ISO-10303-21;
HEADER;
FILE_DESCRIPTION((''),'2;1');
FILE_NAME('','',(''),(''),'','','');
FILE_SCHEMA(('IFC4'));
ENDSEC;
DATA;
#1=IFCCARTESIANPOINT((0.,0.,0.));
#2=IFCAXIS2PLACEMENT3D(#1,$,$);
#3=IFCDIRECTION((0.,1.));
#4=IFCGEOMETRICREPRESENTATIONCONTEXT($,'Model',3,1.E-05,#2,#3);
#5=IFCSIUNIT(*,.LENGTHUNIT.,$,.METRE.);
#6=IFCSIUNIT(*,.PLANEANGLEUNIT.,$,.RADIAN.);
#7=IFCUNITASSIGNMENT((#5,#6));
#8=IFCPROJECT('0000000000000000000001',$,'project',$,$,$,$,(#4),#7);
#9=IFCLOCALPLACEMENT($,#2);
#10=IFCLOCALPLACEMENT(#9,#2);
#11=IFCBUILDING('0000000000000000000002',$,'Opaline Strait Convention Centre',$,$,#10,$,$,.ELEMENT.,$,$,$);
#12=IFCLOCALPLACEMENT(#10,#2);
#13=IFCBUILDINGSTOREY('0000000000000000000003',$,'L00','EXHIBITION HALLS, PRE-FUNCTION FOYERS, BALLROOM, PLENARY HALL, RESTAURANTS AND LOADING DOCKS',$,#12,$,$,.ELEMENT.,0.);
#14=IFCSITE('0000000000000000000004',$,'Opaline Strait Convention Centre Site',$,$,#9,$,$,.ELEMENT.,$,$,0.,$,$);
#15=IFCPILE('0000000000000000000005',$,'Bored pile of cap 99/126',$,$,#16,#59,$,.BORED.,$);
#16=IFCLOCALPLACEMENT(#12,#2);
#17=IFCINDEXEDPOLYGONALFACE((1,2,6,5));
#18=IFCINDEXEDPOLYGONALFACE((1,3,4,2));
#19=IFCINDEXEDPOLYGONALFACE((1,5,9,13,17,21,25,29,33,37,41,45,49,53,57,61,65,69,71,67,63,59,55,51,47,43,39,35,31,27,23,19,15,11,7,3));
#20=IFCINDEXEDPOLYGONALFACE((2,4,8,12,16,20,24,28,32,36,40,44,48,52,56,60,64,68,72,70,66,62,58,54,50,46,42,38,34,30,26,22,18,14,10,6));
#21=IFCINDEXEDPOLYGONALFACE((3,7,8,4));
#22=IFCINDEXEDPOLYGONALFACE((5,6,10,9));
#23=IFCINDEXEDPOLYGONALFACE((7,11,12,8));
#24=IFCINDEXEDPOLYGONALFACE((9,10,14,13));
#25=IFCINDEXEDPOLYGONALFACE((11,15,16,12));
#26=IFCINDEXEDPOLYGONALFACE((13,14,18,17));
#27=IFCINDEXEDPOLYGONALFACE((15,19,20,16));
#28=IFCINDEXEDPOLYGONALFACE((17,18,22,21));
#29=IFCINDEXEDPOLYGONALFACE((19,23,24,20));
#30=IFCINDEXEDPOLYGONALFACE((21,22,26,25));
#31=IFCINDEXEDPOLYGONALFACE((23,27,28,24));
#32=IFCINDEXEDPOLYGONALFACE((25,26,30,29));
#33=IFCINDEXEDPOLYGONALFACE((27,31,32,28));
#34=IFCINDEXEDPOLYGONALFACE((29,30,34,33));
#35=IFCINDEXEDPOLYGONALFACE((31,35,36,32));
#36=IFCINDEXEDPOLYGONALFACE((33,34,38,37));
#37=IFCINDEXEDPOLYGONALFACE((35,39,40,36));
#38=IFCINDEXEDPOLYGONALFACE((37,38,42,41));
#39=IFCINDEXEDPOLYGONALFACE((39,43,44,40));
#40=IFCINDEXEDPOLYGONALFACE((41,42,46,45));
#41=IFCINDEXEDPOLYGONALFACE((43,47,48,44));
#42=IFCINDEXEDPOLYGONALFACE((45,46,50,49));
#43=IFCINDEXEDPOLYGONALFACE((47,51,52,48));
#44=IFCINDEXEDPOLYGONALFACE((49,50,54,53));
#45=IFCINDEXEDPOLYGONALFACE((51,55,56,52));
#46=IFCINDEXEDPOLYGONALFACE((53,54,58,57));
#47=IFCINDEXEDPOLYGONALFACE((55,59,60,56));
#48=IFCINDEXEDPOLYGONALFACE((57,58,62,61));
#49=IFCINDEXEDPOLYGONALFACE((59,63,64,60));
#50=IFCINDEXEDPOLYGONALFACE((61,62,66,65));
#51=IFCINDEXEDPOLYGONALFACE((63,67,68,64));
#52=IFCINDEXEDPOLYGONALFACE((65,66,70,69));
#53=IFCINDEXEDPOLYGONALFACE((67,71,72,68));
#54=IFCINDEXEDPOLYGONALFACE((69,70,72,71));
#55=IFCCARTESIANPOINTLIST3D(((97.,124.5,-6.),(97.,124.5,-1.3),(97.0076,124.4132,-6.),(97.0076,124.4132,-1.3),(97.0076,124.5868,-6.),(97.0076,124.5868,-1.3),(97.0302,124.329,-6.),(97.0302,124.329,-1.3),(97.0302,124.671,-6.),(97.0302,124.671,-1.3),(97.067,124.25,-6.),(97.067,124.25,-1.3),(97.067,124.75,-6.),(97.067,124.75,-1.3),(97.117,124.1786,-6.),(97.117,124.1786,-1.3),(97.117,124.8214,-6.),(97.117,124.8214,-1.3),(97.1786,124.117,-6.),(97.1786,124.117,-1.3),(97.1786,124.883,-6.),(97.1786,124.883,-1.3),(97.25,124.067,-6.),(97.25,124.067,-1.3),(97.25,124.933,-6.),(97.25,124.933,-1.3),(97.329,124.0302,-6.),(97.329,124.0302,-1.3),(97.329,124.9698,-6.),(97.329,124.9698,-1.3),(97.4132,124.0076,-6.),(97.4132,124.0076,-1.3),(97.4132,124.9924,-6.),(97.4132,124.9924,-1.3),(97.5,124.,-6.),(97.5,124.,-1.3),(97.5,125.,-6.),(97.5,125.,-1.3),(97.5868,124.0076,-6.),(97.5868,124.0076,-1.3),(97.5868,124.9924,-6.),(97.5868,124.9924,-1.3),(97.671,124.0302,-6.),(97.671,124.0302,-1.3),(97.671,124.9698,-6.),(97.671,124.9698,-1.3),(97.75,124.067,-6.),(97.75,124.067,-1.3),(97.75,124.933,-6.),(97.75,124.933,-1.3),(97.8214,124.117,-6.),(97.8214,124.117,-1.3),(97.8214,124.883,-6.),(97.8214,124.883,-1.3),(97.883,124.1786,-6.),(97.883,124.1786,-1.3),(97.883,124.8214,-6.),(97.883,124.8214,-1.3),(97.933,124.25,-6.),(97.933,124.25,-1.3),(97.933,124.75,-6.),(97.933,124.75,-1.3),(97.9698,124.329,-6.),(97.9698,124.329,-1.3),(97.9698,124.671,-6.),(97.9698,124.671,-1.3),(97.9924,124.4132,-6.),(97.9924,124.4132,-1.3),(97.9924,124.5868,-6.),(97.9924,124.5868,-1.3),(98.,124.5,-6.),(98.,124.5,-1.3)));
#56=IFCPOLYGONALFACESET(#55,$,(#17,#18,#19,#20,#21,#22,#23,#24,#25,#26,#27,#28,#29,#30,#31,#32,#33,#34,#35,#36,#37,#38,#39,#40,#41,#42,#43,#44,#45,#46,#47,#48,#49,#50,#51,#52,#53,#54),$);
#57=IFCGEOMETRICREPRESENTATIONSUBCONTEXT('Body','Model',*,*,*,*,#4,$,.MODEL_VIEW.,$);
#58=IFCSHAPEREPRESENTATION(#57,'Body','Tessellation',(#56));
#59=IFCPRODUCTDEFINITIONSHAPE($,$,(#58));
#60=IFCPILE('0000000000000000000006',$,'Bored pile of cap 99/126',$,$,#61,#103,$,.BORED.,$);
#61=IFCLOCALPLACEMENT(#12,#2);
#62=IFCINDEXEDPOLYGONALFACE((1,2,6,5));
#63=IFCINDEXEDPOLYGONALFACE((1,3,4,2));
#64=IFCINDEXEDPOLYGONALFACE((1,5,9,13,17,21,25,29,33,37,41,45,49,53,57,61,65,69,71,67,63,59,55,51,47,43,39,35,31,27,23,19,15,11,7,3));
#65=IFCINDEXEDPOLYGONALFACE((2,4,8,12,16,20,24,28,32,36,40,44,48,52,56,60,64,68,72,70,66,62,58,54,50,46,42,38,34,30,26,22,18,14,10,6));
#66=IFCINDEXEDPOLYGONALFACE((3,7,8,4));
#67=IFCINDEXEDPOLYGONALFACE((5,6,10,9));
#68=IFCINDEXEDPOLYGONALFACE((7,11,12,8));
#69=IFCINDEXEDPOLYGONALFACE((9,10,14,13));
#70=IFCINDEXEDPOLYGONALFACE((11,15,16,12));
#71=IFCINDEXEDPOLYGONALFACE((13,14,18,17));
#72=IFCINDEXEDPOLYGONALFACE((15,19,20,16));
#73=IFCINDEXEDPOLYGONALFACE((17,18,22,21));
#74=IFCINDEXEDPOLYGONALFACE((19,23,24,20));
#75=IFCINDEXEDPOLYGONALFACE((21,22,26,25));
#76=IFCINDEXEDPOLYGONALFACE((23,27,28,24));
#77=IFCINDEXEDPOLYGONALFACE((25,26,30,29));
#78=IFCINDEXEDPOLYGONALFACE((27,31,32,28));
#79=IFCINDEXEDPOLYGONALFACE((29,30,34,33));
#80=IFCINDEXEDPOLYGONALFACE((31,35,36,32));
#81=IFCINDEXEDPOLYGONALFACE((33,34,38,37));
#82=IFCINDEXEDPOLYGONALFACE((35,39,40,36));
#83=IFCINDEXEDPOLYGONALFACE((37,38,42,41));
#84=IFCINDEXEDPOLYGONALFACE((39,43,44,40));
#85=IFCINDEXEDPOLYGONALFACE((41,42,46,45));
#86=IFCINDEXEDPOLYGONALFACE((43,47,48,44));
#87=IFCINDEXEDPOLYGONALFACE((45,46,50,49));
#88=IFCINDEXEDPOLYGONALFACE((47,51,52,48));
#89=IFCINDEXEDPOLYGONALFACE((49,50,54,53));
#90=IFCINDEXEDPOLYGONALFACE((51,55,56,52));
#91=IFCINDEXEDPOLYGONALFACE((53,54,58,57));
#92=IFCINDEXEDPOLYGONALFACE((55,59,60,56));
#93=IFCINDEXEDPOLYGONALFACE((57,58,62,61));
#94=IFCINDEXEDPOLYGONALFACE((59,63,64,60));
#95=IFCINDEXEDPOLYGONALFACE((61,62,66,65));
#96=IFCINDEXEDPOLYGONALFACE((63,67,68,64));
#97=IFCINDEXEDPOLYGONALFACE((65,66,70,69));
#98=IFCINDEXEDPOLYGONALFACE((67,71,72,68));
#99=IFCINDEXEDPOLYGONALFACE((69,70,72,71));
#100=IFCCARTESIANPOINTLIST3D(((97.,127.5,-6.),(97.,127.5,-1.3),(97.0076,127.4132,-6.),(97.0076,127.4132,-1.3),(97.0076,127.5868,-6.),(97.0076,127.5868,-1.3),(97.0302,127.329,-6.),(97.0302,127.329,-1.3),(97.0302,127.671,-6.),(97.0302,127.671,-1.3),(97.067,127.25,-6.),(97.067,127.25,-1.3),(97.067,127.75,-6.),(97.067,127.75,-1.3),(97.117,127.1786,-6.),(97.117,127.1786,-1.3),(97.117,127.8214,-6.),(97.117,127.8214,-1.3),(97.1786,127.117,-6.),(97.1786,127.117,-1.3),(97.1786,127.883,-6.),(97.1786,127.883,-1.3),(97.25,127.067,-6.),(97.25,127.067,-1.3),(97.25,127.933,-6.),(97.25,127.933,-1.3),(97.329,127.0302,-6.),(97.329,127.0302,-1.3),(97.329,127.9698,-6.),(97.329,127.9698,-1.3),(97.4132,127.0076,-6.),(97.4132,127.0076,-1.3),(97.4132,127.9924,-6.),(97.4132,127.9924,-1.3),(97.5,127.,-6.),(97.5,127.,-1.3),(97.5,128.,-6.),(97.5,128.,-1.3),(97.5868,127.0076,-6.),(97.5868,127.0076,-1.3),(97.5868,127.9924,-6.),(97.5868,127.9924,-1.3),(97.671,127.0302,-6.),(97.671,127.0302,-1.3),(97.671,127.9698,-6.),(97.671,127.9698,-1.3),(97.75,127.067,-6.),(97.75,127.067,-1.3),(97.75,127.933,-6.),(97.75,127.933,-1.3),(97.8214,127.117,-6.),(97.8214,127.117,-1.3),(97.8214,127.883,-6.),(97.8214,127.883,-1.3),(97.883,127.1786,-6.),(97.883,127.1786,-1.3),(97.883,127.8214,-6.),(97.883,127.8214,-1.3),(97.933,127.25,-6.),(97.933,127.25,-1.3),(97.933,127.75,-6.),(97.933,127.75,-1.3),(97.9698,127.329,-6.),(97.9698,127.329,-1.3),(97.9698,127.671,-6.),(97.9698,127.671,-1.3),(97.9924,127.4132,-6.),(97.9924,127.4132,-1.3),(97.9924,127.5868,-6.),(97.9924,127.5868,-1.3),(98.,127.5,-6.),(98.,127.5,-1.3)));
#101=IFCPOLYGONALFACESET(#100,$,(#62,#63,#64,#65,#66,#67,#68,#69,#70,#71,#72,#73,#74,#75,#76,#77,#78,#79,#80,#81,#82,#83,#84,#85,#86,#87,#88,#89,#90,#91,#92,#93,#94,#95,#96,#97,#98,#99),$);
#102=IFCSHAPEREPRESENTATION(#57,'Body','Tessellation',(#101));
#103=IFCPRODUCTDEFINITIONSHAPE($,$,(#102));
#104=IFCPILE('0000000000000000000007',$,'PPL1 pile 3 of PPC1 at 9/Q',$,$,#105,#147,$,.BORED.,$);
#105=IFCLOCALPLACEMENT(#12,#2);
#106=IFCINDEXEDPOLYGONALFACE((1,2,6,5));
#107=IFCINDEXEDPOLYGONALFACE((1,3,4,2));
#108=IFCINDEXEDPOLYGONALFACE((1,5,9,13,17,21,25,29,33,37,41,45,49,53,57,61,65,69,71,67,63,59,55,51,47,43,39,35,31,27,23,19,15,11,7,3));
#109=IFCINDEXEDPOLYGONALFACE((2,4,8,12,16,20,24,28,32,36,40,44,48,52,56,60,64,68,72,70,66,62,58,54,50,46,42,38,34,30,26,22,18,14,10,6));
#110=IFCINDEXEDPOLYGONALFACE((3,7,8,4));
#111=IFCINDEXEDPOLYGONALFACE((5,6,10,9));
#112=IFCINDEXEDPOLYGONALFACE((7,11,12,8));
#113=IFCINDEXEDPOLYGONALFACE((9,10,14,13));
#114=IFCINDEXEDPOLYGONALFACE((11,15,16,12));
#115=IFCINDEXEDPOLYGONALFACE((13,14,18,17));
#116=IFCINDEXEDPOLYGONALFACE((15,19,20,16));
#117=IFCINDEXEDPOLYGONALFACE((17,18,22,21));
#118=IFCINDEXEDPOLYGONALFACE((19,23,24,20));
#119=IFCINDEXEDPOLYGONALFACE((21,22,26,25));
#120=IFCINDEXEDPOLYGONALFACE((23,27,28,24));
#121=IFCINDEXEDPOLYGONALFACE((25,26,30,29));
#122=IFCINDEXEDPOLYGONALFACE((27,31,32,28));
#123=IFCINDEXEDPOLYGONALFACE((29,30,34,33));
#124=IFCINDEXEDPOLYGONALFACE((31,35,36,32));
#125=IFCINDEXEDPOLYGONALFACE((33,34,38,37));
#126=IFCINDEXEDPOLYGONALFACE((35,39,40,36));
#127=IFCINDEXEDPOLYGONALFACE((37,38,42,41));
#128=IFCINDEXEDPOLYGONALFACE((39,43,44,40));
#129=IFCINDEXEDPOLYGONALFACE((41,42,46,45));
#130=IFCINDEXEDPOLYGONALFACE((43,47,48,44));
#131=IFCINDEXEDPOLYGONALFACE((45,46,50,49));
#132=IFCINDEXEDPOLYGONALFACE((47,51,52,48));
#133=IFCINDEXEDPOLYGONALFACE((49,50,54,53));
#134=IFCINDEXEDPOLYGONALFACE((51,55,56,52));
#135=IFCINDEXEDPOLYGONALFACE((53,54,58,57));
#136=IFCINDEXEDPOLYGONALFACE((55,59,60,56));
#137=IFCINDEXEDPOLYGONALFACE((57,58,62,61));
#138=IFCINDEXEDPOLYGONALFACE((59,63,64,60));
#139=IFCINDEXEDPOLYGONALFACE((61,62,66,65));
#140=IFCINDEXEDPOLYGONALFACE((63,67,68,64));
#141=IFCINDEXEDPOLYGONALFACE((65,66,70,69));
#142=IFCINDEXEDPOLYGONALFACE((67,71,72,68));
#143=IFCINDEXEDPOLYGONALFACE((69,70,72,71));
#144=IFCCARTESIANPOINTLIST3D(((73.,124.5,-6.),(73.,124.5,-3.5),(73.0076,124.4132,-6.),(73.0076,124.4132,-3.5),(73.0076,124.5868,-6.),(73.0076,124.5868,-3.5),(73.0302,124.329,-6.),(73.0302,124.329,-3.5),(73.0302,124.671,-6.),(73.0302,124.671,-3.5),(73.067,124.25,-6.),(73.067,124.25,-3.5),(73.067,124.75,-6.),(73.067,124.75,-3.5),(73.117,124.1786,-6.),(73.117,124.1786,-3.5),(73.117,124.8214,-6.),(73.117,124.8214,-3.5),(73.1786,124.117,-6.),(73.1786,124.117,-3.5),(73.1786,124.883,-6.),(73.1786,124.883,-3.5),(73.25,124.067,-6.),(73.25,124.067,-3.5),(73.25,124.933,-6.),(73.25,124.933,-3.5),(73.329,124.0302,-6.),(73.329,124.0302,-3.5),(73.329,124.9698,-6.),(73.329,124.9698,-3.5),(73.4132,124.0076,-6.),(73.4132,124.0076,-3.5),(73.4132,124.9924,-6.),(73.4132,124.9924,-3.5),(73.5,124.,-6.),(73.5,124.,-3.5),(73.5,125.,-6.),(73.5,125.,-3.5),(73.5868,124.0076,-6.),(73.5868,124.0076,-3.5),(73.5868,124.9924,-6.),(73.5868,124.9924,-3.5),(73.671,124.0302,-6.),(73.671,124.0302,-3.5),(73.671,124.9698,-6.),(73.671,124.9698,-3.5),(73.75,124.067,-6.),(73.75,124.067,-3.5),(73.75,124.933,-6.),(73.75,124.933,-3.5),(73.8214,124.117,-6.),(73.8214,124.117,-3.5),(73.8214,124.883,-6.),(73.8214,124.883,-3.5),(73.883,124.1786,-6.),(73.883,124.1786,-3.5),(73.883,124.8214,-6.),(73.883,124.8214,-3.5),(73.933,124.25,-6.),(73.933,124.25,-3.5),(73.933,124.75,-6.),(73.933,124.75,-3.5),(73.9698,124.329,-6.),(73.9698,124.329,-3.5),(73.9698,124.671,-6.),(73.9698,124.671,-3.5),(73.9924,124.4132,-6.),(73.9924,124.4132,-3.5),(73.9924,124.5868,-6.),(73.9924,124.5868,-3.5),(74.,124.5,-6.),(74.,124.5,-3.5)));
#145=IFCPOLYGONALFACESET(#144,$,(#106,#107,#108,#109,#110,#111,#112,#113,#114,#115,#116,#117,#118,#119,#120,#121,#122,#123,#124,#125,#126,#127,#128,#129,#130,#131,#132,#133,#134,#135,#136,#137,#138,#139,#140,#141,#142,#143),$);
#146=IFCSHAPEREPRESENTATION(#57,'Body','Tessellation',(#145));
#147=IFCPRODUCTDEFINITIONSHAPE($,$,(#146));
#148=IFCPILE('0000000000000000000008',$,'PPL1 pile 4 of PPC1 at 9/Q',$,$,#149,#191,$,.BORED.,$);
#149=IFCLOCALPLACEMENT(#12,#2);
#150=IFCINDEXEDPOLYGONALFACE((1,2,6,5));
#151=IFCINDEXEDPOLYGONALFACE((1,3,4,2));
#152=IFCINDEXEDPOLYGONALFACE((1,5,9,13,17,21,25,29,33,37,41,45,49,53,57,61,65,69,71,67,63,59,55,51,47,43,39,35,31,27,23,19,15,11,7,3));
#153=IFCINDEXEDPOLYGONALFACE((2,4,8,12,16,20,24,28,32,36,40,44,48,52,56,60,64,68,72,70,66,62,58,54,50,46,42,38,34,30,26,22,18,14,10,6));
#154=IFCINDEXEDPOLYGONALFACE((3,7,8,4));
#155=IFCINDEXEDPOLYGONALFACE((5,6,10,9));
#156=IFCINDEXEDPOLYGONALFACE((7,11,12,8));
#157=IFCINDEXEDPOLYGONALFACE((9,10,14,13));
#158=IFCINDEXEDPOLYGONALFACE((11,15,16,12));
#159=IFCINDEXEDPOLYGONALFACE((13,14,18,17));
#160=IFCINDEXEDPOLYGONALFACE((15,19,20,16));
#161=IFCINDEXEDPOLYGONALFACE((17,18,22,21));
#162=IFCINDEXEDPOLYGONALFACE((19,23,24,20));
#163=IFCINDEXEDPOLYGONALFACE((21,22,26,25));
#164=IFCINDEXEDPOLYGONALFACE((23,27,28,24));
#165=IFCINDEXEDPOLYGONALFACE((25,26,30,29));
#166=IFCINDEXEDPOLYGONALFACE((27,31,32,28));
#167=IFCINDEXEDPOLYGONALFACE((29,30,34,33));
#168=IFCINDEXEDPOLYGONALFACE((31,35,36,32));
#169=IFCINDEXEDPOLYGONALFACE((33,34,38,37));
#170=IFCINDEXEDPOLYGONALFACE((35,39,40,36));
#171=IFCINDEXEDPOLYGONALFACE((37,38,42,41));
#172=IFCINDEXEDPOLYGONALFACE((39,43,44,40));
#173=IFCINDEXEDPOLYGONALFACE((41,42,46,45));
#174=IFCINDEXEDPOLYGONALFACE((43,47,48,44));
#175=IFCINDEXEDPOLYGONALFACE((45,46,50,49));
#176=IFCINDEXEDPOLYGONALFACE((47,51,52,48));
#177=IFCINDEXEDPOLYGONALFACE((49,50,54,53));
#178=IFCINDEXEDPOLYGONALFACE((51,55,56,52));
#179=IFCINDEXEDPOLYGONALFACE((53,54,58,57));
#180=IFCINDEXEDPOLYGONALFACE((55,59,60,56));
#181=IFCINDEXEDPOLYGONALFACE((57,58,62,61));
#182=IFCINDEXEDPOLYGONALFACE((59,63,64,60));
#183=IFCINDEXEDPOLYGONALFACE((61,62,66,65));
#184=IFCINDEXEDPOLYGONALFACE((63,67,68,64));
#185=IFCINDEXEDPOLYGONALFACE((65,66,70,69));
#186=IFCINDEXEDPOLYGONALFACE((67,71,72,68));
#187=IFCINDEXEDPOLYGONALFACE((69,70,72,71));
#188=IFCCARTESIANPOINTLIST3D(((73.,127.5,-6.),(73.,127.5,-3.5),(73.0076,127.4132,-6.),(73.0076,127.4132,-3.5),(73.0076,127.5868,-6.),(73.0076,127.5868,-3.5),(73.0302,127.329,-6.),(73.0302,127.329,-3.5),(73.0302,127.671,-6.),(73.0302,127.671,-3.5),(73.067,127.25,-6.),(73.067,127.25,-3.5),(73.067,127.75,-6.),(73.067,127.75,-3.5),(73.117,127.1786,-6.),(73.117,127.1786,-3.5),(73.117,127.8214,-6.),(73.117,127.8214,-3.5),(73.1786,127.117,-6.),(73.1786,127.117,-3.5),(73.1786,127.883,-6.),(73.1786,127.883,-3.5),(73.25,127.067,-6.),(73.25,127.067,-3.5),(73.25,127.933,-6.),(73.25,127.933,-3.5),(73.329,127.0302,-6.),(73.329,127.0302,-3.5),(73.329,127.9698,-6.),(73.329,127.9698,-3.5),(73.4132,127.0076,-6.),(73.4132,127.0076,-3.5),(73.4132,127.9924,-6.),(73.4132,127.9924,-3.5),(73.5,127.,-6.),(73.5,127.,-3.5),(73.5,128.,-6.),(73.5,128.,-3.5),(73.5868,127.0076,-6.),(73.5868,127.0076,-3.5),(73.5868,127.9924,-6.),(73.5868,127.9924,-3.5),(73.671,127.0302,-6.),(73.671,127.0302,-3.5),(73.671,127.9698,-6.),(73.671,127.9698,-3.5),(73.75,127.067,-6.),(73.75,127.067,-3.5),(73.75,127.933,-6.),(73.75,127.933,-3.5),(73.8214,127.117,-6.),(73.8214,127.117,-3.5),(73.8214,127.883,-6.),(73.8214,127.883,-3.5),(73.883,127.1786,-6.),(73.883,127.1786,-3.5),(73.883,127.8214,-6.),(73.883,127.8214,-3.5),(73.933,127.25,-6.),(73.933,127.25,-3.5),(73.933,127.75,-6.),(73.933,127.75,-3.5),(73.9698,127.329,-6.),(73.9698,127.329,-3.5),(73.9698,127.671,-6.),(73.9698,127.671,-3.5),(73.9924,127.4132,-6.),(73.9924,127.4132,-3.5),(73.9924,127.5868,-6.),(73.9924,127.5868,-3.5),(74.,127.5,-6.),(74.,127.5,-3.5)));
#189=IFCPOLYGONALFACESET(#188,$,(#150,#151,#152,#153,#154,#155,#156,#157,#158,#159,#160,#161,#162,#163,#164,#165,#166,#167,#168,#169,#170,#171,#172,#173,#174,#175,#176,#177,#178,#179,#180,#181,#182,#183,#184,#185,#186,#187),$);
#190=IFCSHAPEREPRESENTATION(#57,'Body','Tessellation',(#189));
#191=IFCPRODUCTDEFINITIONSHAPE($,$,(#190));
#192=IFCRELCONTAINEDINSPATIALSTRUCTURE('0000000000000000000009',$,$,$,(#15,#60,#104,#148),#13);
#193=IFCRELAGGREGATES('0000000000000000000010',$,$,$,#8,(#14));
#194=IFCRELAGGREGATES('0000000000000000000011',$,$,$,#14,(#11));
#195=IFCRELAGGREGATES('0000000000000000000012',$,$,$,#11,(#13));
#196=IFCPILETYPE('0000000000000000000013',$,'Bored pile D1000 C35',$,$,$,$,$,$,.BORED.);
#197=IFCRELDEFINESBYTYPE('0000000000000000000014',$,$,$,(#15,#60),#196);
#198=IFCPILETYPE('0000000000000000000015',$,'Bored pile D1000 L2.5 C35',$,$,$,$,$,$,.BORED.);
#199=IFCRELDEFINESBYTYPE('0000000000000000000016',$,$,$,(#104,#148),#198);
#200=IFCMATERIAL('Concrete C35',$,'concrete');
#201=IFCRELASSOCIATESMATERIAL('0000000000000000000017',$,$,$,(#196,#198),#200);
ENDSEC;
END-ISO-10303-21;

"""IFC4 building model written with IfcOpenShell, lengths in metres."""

from ifc_helpers import new_model, si_unit, direction, frame, origin, origin_2d, place, context, subcontext, project, spatial, circle, extrude, material, material_profile, profile_set, type_object, element, save


model = new_model("IFC4")

# Units and contexts
model_context = context("Model", 3, precision=1e-05, world=origin(), true_north=direction((0.0, 1.0)))
body_context = subcontext(model_context, "Body", "Model", "MODEL_VIEW")
ifc_project = project(units=[si_unit("LENGTHUNIT", "METRE"), si_unit("PLANEANGLEUNIT", "RADIAN")], contexts=[model_context])

# Site, building, storey
site_placement = place(None, origin())
site = spatial("IfcSite", under=ifc_project, at=site_placement, Name="Opaline Strait Convention Centre Site", CompositionType="ELEMENT", RefElevation=0.0)
building_placement = place(site_placement, origin())
building = spatial("IfcBuilding", under=site, at=building_placement, Name="Opaline Strait Convention Centre", CompositionType="ELEMENT")
storey_placement = place(building_placement, origin())
storey = spatial("IfcBuildingStorey", under=building, at=storey_placement, Name="L00", Description="EXHIBITION HALLS, PRE-FUNCTION FOYERS, BALLROOM, PLENARY HALL, RESTAURANTS AND LOADING DOCKS", CompositionType="ELEMENT", Elevation=0.0)

# Piles
ifc_material_1 = material(Name="Concrete C35", Category="concrete")
ifc_material_profile_1 = material_profile(ifc_material_1, circle(Radius=0.5, at=origin_2d()), Name="D1000")
ifc_profile_set_1 = profile_set([ifc_material_profile_1], Name="Concrete C35")
pile_type_1 = type_object("IfcPileType", Name="Bored pile D1000 C35", PredefinedType="BORED", material=ifc_profile_set_1)
for number, where, z_axis, x_axis, name in (
    (1, (97.5, 124.5, -1.3), (0.0, 0.0, -1.0), (1.0, 0.0, 0.0), "Bored pile of cap 99/126"),
    (2, (97.5, 127.5, -1.3), (0.0, 0.0, -1.0), (1.0, 0.0, 0.0), "Bored pile of cap 99/126"),
):
    element("IfcPile", number, at=place(storey_placement, frame(where, z_axis=z_axis, x_axis=x_axis)), inside=storey, type_object=pile_type_1, Name=name, PredefinedType="BORED", context=body_context, shape_type="SweptSolid", body=[
        extrude(circle(Radius=0.5, at=origin_2d()), origin(), (0.0, 0.0, 1.0), 4.7),
    ])
ifc_material_profile_2 = material_profile(ifc_material_1, circle(Radius=0.5, at=origin_2d()), Name="D1000")
ifc_profile_set_2 = profile_set([ifc_material_profile_2], Name="Concrete C35")
pile_type_2 = type_object("IfcPileType", Name="Bored pile D1000 L2.5 C35", PredefinedType="BORED", material=ifc_profile_set_2)
for number, where, z_axis, x_axis, name in (
    (3, (73.5, 124.5, -3.5), (0.0, 0.0, -1.0), (1.0, 0.0, 0.0), "PPL1 pile 3 of PPC1 at 9/Q"),
    (4, (73.5, 127.5, -3.5), (0.0, 0.0, -1.0), (1.0, 0.0, 0.0), "PPL1 pile 4 of PPC1 at 9/Q"),
):
    element("IfcPile", number, at=place(storey_placement, frame(where, z_axis=z_axis, x_axis=x_axis)), inside=storey, type_object=pile_type_2, Name=name, PredefinedType="BORED", context=body_context, shape_type="SweptSolid", body=[
        extrude(circle(Radius=0.5, at=origin_2d()), origin(), (0.0, 0.0, 1.0), 2.5),
    ])

save(model, "model.ifc")
